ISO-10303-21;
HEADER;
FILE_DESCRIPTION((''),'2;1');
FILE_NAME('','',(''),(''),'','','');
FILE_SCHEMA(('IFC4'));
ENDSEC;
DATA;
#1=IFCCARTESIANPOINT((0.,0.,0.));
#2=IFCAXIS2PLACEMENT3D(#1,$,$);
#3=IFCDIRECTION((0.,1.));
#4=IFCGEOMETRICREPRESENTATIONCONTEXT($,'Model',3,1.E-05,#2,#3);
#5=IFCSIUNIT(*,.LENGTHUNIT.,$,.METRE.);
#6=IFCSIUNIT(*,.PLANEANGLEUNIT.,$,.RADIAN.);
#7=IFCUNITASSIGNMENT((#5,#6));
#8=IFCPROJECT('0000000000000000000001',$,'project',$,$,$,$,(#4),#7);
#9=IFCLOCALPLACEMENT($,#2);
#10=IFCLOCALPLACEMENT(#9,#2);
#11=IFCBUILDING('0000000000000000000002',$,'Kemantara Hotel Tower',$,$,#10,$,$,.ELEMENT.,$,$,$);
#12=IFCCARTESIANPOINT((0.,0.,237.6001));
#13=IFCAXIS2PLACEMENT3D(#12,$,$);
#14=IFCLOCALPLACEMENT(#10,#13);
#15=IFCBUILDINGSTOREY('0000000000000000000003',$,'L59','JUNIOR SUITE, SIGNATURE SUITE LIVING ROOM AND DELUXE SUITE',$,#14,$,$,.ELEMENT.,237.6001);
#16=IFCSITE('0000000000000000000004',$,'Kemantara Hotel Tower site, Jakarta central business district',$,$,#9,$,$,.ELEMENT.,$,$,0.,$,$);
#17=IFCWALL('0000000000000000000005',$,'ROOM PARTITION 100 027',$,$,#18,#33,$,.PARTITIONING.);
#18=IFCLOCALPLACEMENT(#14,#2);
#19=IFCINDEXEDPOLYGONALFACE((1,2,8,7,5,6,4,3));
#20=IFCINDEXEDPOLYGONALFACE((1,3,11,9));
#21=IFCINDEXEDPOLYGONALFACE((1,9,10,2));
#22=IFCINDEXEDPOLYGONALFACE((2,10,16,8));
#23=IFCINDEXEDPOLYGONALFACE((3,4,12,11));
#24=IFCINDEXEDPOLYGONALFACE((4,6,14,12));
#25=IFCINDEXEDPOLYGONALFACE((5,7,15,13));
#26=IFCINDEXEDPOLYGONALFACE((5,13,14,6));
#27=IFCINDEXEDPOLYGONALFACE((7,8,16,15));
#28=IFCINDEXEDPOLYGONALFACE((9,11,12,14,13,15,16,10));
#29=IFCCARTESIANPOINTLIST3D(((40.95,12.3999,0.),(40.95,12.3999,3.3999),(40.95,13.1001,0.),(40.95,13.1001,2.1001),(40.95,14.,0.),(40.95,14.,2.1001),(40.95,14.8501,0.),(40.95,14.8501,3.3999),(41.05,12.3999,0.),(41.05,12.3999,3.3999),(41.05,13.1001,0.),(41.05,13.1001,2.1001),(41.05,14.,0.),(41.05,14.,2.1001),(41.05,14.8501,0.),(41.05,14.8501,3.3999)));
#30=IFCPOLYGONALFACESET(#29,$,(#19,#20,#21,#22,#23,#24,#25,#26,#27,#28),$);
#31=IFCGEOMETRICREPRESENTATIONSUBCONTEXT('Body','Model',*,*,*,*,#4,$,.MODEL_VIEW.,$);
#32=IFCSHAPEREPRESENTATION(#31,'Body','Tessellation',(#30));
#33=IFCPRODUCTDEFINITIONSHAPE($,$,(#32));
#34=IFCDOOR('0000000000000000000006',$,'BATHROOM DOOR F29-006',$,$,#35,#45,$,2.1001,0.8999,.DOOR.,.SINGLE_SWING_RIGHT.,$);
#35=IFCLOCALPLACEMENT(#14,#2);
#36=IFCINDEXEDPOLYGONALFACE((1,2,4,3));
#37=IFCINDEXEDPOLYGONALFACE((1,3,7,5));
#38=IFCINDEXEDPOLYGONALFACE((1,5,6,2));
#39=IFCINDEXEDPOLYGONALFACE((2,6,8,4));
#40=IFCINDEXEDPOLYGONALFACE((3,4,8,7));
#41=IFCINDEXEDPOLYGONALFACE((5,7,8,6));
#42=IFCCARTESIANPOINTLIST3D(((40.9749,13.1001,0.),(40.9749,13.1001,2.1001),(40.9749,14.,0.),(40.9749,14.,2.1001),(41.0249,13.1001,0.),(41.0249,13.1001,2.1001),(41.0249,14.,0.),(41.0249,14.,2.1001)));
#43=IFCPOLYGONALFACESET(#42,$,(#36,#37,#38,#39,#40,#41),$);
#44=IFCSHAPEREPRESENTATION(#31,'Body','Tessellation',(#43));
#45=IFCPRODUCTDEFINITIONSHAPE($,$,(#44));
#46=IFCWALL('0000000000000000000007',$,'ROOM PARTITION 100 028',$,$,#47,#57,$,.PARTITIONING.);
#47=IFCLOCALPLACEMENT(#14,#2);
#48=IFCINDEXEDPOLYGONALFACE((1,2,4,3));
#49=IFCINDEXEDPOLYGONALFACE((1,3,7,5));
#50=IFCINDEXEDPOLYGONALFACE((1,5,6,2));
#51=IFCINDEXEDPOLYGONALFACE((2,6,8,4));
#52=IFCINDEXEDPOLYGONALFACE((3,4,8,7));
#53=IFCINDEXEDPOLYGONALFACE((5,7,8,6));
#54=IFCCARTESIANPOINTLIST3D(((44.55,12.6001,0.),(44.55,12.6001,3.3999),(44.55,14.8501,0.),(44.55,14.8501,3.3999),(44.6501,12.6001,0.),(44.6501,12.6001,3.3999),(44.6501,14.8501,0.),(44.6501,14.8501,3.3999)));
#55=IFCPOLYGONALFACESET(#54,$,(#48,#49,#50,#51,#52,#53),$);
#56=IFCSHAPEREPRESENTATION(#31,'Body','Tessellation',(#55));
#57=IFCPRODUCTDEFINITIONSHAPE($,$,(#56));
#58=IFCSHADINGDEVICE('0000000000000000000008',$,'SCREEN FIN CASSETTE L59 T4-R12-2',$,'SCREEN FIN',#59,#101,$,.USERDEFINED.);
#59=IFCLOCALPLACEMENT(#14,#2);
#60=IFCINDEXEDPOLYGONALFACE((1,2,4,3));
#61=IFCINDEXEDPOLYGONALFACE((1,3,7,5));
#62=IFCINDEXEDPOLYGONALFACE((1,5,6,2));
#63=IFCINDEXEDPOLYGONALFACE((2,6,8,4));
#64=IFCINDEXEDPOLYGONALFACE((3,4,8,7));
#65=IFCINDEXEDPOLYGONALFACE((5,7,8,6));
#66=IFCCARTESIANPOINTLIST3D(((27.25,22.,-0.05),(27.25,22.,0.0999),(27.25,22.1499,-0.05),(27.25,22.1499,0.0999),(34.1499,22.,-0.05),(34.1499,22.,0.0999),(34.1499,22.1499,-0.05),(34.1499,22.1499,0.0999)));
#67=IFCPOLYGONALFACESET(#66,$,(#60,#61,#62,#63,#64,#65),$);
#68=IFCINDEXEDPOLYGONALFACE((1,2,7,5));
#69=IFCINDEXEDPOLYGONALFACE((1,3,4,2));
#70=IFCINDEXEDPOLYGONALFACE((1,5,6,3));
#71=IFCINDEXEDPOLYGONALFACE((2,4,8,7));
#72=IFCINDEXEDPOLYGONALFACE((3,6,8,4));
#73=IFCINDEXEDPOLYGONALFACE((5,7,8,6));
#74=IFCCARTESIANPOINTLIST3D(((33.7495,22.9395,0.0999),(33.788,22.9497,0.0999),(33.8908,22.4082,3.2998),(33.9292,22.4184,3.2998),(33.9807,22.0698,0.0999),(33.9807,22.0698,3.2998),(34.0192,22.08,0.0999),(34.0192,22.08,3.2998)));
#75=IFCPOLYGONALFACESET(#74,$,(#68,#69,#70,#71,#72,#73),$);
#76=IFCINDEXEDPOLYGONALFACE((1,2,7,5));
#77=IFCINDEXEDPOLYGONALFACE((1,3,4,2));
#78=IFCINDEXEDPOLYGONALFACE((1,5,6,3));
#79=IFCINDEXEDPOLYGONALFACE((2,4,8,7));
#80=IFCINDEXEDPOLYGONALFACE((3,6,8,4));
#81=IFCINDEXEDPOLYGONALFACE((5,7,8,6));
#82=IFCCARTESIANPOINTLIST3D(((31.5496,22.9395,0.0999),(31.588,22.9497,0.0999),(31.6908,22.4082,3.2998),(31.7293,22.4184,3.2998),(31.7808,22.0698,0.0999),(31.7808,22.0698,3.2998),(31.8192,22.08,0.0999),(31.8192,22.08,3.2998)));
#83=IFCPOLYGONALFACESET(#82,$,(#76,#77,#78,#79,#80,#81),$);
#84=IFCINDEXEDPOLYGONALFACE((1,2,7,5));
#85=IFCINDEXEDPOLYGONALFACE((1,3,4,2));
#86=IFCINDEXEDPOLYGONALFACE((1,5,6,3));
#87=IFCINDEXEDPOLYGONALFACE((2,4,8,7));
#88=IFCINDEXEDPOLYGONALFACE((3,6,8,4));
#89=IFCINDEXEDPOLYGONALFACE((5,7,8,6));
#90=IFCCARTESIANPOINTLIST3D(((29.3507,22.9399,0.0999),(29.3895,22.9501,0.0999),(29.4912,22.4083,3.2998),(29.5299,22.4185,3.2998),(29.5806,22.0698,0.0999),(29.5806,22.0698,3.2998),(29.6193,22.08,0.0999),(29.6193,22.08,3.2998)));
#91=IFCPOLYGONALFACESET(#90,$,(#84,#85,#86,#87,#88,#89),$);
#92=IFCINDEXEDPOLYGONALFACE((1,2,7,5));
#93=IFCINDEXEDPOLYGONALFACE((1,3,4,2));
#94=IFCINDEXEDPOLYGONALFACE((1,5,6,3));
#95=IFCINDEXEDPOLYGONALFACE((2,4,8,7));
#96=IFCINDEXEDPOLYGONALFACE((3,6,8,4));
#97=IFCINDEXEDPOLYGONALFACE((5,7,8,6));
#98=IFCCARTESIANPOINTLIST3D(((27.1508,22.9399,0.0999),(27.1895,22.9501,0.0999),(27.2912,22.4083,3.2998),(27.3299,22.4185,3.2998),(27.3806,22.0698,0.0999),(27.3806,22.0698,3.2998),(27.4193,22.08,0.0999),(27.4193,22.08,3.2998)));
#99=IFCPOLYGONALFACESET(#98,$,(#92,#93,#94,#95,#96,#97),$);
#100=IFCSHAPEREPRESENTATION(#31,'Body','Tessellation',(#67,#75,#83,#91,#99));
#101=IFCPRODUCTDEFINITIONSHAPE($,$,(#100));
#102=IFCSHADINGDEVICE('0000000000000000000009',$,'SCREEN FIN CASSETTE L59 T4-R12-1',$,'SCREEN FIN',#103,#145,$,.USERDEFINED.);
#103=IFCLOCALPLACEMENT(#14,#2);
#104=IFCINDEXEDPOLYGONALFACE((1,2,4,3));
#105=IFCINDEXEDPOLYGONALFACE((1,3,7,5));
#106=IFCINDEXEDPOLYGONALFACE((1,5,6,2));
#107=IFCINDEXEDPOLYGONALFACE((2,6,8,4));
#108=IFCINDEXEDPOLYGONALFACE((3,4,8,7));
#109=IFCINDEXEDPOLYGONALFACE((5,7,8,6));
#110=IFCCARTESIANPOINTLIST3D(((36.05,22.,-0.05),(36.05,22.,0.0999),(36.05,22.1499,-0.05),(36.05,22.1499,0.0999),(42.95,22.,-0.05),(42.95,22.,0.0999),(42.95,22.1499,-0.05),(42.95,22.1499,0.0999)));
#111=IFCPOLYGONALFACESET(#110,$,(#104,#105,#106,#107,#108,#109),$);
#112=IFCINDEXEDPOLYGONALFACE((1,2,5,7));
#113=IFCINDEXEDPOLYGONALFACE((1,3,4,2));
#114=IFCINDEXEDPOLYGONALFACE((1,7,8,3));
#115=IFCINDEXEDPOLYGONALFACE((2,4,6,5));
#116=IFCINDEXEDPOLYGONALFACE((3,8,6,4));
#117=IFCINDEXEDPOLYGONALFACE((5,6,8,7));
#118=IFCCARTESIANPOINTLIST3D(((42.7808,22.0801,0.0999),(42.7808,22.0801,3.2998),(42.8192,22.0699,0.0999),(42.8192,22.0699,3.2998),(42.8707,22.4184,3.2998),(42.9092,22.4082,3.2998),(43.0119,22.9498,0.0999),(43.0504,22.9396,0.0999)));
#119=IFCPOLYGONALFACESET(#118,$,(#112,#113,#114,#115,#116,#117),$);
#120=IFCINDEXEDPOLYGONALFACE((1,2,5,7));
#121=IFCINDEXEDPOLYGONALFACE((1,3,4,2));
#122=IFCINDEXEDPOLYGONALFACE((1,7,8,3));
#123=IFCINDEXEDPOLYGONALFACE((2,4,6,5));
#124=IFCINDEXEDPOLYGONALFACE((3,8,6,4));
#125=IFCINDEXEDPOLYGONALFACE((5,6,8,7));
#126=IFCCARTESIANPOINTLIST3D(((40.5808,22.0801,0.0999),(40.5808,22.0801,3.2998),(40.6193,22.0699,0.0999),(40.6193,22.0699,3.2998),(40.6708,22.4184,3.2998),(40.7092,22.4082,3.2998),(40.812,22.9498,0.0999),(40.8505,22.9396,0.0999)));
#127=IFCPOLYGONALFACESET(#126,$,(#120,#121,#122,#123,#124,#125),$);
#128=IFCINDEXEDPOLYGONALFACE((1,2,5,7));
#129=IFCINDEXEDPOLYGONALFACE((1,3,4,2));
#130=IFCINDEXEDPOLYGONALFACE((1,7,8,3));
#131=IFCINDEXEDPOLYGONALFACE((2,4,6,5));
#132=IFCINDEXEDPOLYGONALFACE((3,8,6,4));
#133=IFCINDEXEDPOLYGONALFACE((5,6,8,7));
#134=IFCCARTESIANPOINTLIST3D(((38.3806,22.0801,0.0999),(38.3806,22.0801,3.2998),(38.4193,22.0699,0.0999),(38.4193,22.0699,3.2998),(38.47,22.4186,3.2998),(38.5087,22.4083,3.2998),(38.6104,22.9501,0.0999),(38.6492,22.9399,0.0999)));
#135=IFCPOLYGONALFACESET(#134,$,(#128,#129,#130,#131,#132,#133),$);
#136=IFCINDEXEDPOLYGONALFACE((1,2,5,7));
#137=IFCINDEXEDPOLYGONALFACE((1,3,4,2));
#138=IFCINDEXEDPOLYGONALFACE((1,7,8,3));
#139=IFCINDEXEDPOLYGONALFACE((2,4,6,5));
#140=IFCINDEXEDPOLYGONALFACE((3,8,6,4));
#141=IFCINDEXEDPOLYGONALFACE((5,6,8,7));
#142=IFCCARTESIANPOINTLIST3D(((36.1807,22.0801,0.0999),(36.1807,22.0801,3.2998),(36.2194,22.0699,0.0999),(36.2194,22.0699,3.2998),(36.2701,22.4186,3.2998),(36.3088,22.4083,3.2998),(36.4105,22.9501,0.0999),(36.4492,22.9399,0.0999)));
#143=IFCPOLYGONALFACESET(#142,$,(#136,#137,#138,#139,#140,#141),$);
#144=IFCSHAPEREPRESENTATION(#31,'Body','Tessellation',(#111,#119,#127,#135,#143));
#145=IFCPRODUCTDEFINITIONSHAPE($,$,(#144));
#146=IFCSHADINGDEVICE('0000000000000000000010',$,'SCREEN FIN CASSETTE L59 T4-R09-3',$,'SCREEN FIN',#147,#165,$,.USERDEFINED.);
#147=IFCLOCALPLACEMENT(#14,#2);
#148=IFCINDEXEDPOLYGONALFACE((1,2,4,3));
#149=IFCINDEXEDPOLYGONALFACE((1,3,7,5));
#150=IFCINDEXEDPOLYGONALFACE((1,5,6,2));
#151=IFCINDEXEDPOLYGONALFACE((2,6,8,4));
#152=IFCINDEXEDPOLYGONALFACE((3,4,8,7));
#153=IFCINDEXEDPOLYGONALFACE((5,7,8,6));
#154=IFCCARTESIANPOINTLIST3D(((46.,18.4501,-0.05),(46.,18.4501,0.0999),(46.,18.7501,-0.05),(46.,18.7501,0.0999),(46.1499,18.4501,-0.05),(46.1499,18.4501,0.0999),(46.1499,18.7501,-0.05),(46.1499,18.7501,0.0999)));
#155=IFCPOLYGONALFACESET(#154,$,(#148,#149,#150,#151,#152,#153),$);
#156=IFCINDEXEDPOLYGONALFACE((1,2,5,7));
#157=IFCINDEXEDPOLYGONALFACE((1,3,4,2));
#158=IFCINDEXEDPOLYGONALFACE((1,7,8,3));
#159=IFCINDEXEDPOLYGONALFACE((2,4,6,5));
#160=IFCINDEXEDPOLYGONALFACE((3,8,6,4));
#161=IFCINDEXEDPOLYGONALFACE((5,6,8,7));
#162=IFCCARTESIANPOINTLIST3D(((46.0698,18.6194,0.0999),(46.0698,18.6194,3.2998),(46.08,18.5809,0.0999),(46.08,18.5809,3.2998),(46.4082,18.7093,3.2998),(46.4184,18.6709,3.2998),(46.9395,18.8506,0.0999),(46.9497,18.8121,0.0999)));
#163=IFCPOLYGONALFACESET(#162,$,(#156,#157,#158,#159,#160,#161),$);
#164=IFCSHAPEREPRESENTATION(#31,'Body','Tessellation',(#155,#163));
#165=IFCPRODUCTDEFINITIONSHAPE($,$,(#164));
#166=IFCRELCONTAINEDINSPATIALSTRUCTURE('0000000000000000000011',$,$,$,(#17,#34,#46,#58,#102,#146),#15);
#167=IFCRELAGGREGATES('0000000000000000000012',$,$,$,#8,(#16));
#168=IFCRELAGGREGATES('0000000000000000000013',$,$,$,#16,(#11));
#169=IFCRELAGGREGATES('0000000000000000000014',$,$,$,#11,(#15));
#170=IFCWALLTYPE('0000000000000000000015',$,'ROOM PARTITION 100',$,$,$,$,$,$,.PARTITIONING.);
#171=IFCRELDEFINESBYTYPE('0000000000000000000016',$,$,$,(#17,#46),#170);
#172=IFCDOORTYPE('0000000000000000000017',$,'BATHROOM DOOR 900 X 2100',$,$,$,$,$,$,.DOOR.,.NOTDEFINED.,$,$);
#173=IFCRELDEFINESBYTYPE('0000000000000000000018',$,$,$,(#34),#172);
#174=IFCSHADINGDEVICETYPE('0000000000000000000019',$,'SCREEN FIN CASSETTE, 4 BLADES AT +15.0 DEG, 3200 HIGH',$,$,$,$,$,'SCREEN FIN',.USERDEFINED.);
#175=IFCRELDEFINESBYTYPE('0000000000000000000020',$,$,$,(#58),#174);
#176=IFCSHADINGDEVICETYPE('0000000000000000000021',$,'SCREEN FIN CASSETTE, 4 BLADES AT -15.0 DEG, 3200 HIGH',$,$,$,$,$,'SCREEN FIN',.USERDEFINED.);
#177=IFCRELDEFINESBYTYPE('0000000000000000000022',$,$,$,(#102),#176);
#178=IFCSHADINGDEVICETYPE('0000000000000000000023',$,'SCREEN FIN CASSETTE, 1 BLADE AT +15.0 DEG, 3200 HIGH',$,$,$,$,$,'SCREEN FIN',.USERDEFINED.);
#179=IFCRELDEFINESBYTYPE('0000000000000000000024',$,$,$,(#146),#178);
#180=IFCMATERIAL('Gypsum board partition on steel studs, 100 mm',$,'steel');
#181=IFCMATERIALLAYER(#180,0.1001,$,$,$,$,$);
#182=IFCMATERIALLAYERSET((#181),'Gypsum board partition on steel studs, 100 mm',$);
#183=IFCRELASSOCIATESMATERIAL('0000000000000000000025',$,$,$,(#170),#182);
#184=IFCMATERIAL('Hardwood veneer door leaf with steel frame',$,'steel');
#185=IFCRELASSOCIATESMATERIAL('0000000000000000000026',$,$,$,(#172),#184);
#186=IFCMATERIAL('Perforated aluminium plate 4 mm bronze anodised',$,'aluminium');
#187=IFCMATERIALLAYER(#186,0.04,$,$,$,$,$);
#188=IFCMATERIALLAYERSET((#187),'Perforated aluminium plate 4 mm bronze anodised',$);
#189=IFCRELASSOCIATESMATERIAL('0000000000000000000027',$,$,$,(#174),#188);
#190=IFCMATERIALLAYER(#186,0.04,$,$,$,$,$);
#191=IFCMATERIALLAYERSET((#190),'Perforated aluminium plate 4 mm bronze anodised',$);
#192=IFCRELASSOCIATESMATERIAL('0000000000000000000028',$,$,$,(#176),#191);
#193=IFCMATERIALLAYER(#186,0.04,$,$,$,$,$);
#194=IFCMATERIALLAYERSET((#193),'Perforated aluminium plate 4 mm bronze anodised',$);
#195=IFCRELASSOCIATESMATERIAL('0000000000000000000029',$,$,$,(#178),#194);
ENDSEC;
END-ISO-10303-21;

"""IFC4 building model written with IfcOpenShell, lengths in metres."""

from ifc_helpers import new_model, si_unit, direction, frame, frame_2d, origin, origin_2d, place, context, subcontext, project, spatial, polyline, rectangle, outline, extrude, source, transform, mapped, material, layer, layer_set, type_object, element, fill, save


model = new_model("IFC4")

# Units and contexts
model_context = context("Model", 3, precision=1e-05, world=origin(), true_north=direction((0.0, 1.0)))
body_context = subcontext(model_context, "Body", "Model", "MODEL_VIEW")
ifc_project = project(units=[si_unit("LENGTHUNIT", "METRE"), si_unit("PLANEANGLEUNIT", "RADIAN")], contexts=[model_context])

# Site, building, storey
site_placement = place(None, origin())
site = spatial("IfcSite", under=ifc_project, at=site_placement, Name="Kemantara Hotel Tower site, Jakarta central business district", CompositionType="ELEMENT", RefElevation=0.0)
building_placement = place(site_placement, origin())
building = spatial("IfcBuilding", under=site, at=building_placement, Name="Kemantara Hotel Tower", CompositionType="ELEMENT")
storey_placement = place(building_placement, frame((0.0, 0.0, 237.6001)))
storey = spatial("IfcBuildingStorey", under=building, at=storey_placement, Name="L59", Description="JUNIOR SUITE, SIGNATURE SUITE LIVING ROOM AND DELUXE SUITE", CompositionType="ELEMENT", Elevation=237.6001)

# Shared definitions
ifc_material_1 = material(Name="Gypsum board partition on steel studs, 100 mm", Category="steel")
ifc_layer_1 = layer(ifc_material_1, 0.1001)
ifc_layer_set_1 = layer_set([ifc_layer_1], Name="Gypsum board partition on steel studs, 100 mm")
wall_type_1 = type_object("IfcWallType", Name="ROOM PARTITION 100", PredefinedType="PARTITIONING", material=ifc_layer_set_1)

# Wall, opening, door
wall_1_placement = place(storey_placement, frame((41.0, 14.8501, 0.0), z_axis=(0.0, 0.0, 1.0), x_axis=(0.0, -1.0, 0.0)))
wall_1 = element("IfcWall", 1, at=wall_1_placement, inside=storey, type_object=wall_type_1, Name="ROOM PARTITION 100 027", PredefinedType="PARTITIONING", context=body_context, shape_type="SweptSolid", body=[
    extrude(rectangle(XDim=2.4502, YDim=0.1001, at=frame_2d((1.2251, 0.0))), origin(), (0.0, 0.0, 1.0), 3.3999),
])
opening_placement = place(wall_1_placement, frame((0.8501, 0.0, 0.0)))
opening = element("IfcOpeningElement", 2, at=opening_placement, cuts=wall_1, PredefinedType="OPENING", context=body_context, shape_type="SweptSolid", body=[
    extrude(rectangle(XDim=0.8999, YDim=2.1001, at=frame_2d((0.45, 1.05))), frame((0.0, 0.0601, 0.0), z_axis=(0.0, -1.0, 0.0), x_axis=(1.0, 0.0, 0.0)), (0.0, 0.0, 1.0), 0.1201),
])
ifc_material_2 = material(Name="Hardwood veneer door leaf with steel frame", Category="steel")
door_type = type_object("IfcDoorType", Name="BATHROOM DOOR 900 X 2100", OperationType="NOTDEFINED", PredefinedType="DOOR", material=ifc_material_2)
door_placement = place(opening_placement, origin())
door = element("IfcDoor", 3, at=door_placement, inside=storey, type_object=door_type, Name="BATHROOM DOOR F29-006", OperationType="SINGLE_SWING_RIGHT", OverallHeight=2.1001, OverallWidth=0.8999, PredefinedType="DOOR", context=body_context, shape_type="SweptSolid", body=[
    extrude(rectangle(XDim=0.8999, YDim=2.1001, at=frame_2d((0.45, 1.05))), frame((0.0, 0.0249, 0.0), z_axis=(0.0, -1.0, 0.0), x_axis=(1.0, 0.0, 0.0)), (0.0, 0.0, 1.0), 0.05),
])
fill(opening, door)

# Wall
wall_2_placement = place(storey_placement, frame((44.6001, 12.6001, 0.0), z_axis=(0.0, 0.0, 1.0), x_axis=(0.0, 1.0, 0.0)))
element("IfcWall", 4, at=wall_2_placement, inside=storey, type_object=wall_type_1, Name="ROOM PARTITION 100 028", PredefinedType="PARTITIONING", context=body_context, shape_type="SweptSolid", body=[
    extrude(rectangle(XDim=2.25, YDim=0.1001, at=frame_2d((1.125, 0.0))), origin(), (0.0, 0.0, 1.0), 3.3999),
])

# Shading devices
ifc_material_3 = material(Name="Perforated aluminium plate 4 mm bronze anodised", Category="aluminium")
ifc_layer_2 = layer(ifc_material_3, 0.04)
ifc_layer_set_2 = layer_set([ifc_layer_2], Name="Perforated aluminium plate 4 mm bronze anodised")
shading_device_type_1 = type_object("IfcShadingDeviceType", Name="SCREEN FIN CASSETTE, 4 BLADES AT +15.0 DEG, 3200 HIGH", ElementType="SCREEN FIN", PredefinedType="USERDEFINED", material=ifc_layer_set_2)
shared_shape_1 = source(origin(), body_context, "Body", "SweptSolid", [
    extrude(rectangle(XDim=6.8999, YDim=0.1499, at=origin_2d()), frame((3.3, -0.075, -0.1499), z_axis=(0.0, 0.0, 1.0), x_axis=(1.0, 0.0, 0.0)), (0.0, 0.0, 1.0), 0.1499),
    extrude(outline(polyline([(0.0, 0.0), (0.8999, 0.0), (0.3501, 3.2), (0.0, 3.2), (0.0, 0.0)])), frame((0.0193, -0.0698, 0.0), z_axis=(-0.966438, -0.256901, 0.0), x_axis=(0.256901, -0.966438, 0.0)), (0.0, 0.0, 1.0), 0.0398),
    extrude(outline(polyline([(0.0, 0.0), (0.8999, 0.0), (0.3501, 3.2), (0.0, 3.2), (0.0, 0.0)])), frame((2.2192, -0.0698, 0.0), z_axis=(-0.966438, -0.256901, 0.0), x_axis=(0.256901, -0.966438, 0.0)), (0.0, 0.0, 1.0), 0.0398),
    extrude(outline(polyline([(0.0, 0.0), (0.8999, 0.0), (0.3501, 3.2), (0.0, 3.2), (0.0, 0.0)])), frame((4.4194, -0.0698, 0.0), z_axis=(-0.966838, -0.255391, 0.0), x_axis=(0.255391, -0.966838, 0.0)), (0.0, 0.0, 1.0), 0.04),
    extrude(outline(polyline([(0.0, 0.0), (0.8999, 0.0), (0.3501, 3.2), (0.0, 3.2), (0.0, 0.0)])), frame((6.6194, -0.0698, 0.0), z_axis=(-0.966838, -0.255391, 0.0), x_axis=(0.255391, -0.966838, 0.0)), (0.0, 0.0, 1.0), 0.04),
])
shading_device_1_placement = place(storey_placement, frame((34.0, 22.0, 0.0999), z_axis=(0.0, 0.0, 1.0), x_axis=(-1.0, 0.0, 0.0)))
element("IfcShadingDevice", 5, at=shading_device_1_placement, inside=storey, type_object=shading_device_type_1, Name="SCREEN FIN CASSETTE L59 T4-R12-2", ObjectType="SCREEN FIN", PredefinedType="USERDEFINED", context=body_context, shape_type="MappedRepresentation", body=[
    mapped(shared_shape_1, transform((0.0, 0.0, 0.0))),
])
ifc_layer_3 = layer(ifc_material_3, 0.04)
ifc_layer_set_3 = layer_set([ifc_layer_3], Name="Perforated aluminium plate 4 mm bronze anodised")
shading_device_type_2 = type_object("IfcShadingDeviceType", Name="SCREEN FIN CASSETTE, 4 BLADES AT -15.0 DEG, 3200 HIGH", ElementType="SCREEN FIN", PredefinedType="USERDEFINED", material=ifc_layer_set_3)
shared_shape_2 = source(origin(), body_context, "Body", "SweptSolid", [
    extrude(rectangle(XDim=6.8999, YDim=0.1499, at=origin_2d()), frame((3.3, -0.075, -0.1499), z_axis=(0.0, 0.0, 1.0), x_axis=(1.0, 0.0, 0.0)), (0.0, 0.0, 1.0), 0.1499),
    extrude(outline(polyline([(0.0, 0.0), (0.8999, 0.0), (0.3501, 3.2), (0.0, 3.2), (0.0, 0.0)])), frame((0.0193, -0.0801, 0.0), z_axis=(-0.966438, 0.256901, 0.0), x_axis=(-0.256901, -0.966438, 0.0)), (0.0, 0.0, 1.0), 0.0398),
    extrude(outline(polyline([(0.0, 0.0), (0.8999, 0.0), (0.3501, 3.2), (0.0, 3.2), (0.0, 0.0)])), frame((2.2192, -0.0801, 0.0), z_axis=(-0.966438, 0.256901, 0.0), x_axis=(-0.256901, -0.966438, 0.0)), (0.0, 0.0, 1.0), 0.0398),
    extrude(outline(polyline([(0.0, 0.0), (0.8999, 0.0), (0.3501, 3.2), (0.0, 3.2), (0.0, 0.0)])), frame((4.4194, -0.0801, 0.0), z_axis=(-0.966838, 0.255391, 0.0), x_axis=(-0.255391, -0.966838, 0.0)), (0.0, 0.0, 1.0), 0.04),
    extrude(outline(polyline([(0.0, 0.0), (0.8999, 0.0), (0.3501, 3.2), (0.0, 3.2), (0.0, 0.0)])), frame((6.6194, -0.0801, 0.0), z_axis=(-0.966838, 0.255391, 0.0), x_axis=(-0.255391, -0.966838, 0.0)), (0.0, 0.0, 1.0), 0.04),
])
shading_device_2_placement = place(storey_placement, frame((42.8, 22.0, 0.0999), z_axis=(0.0, 0.0, 1.0), x_axis=(-1.0, 0.0, 0.0)))
element("IfcShadingDevice", 6, at=shading_device_2_placement, inside=storey, type_object=shading_device_type_2, Name="SCREEN FIN CASSETTE L59 T4-R12-1", ObjectType="SCREEN FIN", PredefinedType="USERDEFINED", context=body_context, shape_type="MappedRepresentation", body=[
    mapped(shared_shape_2, transform((0.0, 0.0, 0.0))),
])
ifc_layer_4 = layer(ifc_material_3, 0.04)
ifc_layer_set_4 = layer_set([ifc_layer_4], Name="Perforated aluminium plate 4 mm bronze anodised")
shading_device_type_3 = type_object("IfcShadingDeviceType", Name="SCREEN FIN CASSETTE, 1 BLADE AT +15.0 DEG, 3200 HIGH", ElementType="SCREEN FIN", PredefinedType="USERDEFINED", material=ifc_layer_set_4)
shared_shape_3 = source(origin(), body_context, "Body", "SweptSolid", [
    extrude(rectangle(XDim=0.3, YDim=0.1499, at=origin_2d()), frame((0.0, -0.075, -0.1499), z_axis=(0.0, 0.0, 1.0), x_axis=(1.0, 0.0, 0.0)), (0.0, 0.0, 1.0), 0.1499),
    extrude(outline(polyline([(0.0, 0.0), (0.8999, 0.0), (0.3501, 3.2), (0.0, 3.2), (0.0, 0.0)])), frame((0.0193, -0.0698, 0.0), z_axis=(-0.966438, -0.256901, 0.0), x_axis=(0.256901, -0.966438, 0.0)), (0.0, 0.0, 1.0), 0.0398),
])
shading_device_3_placement = place(storey_placement, frame((46.0, 18.6001, 0.0999), z_axis=(0.0, 0.0, 1.0), x_axis=(0.0, 1.0, 0.0)))
element("IfcShadingDevice", 7, at=shading_device_3_placement, inside=storey, type_object=shading_device_type_3, Name="SCREEN FIN CASSETTE L59 T4-R09-3", ObjectType="SCREEN FIN", PredefinedType="USERDEFINED", context=body_context, shape_type="MappedRepresentation", body=[
    mapped(shared_shape_3, transform((0.0, 0.0, 0.0))),
])

save(model, "model.ifc")
